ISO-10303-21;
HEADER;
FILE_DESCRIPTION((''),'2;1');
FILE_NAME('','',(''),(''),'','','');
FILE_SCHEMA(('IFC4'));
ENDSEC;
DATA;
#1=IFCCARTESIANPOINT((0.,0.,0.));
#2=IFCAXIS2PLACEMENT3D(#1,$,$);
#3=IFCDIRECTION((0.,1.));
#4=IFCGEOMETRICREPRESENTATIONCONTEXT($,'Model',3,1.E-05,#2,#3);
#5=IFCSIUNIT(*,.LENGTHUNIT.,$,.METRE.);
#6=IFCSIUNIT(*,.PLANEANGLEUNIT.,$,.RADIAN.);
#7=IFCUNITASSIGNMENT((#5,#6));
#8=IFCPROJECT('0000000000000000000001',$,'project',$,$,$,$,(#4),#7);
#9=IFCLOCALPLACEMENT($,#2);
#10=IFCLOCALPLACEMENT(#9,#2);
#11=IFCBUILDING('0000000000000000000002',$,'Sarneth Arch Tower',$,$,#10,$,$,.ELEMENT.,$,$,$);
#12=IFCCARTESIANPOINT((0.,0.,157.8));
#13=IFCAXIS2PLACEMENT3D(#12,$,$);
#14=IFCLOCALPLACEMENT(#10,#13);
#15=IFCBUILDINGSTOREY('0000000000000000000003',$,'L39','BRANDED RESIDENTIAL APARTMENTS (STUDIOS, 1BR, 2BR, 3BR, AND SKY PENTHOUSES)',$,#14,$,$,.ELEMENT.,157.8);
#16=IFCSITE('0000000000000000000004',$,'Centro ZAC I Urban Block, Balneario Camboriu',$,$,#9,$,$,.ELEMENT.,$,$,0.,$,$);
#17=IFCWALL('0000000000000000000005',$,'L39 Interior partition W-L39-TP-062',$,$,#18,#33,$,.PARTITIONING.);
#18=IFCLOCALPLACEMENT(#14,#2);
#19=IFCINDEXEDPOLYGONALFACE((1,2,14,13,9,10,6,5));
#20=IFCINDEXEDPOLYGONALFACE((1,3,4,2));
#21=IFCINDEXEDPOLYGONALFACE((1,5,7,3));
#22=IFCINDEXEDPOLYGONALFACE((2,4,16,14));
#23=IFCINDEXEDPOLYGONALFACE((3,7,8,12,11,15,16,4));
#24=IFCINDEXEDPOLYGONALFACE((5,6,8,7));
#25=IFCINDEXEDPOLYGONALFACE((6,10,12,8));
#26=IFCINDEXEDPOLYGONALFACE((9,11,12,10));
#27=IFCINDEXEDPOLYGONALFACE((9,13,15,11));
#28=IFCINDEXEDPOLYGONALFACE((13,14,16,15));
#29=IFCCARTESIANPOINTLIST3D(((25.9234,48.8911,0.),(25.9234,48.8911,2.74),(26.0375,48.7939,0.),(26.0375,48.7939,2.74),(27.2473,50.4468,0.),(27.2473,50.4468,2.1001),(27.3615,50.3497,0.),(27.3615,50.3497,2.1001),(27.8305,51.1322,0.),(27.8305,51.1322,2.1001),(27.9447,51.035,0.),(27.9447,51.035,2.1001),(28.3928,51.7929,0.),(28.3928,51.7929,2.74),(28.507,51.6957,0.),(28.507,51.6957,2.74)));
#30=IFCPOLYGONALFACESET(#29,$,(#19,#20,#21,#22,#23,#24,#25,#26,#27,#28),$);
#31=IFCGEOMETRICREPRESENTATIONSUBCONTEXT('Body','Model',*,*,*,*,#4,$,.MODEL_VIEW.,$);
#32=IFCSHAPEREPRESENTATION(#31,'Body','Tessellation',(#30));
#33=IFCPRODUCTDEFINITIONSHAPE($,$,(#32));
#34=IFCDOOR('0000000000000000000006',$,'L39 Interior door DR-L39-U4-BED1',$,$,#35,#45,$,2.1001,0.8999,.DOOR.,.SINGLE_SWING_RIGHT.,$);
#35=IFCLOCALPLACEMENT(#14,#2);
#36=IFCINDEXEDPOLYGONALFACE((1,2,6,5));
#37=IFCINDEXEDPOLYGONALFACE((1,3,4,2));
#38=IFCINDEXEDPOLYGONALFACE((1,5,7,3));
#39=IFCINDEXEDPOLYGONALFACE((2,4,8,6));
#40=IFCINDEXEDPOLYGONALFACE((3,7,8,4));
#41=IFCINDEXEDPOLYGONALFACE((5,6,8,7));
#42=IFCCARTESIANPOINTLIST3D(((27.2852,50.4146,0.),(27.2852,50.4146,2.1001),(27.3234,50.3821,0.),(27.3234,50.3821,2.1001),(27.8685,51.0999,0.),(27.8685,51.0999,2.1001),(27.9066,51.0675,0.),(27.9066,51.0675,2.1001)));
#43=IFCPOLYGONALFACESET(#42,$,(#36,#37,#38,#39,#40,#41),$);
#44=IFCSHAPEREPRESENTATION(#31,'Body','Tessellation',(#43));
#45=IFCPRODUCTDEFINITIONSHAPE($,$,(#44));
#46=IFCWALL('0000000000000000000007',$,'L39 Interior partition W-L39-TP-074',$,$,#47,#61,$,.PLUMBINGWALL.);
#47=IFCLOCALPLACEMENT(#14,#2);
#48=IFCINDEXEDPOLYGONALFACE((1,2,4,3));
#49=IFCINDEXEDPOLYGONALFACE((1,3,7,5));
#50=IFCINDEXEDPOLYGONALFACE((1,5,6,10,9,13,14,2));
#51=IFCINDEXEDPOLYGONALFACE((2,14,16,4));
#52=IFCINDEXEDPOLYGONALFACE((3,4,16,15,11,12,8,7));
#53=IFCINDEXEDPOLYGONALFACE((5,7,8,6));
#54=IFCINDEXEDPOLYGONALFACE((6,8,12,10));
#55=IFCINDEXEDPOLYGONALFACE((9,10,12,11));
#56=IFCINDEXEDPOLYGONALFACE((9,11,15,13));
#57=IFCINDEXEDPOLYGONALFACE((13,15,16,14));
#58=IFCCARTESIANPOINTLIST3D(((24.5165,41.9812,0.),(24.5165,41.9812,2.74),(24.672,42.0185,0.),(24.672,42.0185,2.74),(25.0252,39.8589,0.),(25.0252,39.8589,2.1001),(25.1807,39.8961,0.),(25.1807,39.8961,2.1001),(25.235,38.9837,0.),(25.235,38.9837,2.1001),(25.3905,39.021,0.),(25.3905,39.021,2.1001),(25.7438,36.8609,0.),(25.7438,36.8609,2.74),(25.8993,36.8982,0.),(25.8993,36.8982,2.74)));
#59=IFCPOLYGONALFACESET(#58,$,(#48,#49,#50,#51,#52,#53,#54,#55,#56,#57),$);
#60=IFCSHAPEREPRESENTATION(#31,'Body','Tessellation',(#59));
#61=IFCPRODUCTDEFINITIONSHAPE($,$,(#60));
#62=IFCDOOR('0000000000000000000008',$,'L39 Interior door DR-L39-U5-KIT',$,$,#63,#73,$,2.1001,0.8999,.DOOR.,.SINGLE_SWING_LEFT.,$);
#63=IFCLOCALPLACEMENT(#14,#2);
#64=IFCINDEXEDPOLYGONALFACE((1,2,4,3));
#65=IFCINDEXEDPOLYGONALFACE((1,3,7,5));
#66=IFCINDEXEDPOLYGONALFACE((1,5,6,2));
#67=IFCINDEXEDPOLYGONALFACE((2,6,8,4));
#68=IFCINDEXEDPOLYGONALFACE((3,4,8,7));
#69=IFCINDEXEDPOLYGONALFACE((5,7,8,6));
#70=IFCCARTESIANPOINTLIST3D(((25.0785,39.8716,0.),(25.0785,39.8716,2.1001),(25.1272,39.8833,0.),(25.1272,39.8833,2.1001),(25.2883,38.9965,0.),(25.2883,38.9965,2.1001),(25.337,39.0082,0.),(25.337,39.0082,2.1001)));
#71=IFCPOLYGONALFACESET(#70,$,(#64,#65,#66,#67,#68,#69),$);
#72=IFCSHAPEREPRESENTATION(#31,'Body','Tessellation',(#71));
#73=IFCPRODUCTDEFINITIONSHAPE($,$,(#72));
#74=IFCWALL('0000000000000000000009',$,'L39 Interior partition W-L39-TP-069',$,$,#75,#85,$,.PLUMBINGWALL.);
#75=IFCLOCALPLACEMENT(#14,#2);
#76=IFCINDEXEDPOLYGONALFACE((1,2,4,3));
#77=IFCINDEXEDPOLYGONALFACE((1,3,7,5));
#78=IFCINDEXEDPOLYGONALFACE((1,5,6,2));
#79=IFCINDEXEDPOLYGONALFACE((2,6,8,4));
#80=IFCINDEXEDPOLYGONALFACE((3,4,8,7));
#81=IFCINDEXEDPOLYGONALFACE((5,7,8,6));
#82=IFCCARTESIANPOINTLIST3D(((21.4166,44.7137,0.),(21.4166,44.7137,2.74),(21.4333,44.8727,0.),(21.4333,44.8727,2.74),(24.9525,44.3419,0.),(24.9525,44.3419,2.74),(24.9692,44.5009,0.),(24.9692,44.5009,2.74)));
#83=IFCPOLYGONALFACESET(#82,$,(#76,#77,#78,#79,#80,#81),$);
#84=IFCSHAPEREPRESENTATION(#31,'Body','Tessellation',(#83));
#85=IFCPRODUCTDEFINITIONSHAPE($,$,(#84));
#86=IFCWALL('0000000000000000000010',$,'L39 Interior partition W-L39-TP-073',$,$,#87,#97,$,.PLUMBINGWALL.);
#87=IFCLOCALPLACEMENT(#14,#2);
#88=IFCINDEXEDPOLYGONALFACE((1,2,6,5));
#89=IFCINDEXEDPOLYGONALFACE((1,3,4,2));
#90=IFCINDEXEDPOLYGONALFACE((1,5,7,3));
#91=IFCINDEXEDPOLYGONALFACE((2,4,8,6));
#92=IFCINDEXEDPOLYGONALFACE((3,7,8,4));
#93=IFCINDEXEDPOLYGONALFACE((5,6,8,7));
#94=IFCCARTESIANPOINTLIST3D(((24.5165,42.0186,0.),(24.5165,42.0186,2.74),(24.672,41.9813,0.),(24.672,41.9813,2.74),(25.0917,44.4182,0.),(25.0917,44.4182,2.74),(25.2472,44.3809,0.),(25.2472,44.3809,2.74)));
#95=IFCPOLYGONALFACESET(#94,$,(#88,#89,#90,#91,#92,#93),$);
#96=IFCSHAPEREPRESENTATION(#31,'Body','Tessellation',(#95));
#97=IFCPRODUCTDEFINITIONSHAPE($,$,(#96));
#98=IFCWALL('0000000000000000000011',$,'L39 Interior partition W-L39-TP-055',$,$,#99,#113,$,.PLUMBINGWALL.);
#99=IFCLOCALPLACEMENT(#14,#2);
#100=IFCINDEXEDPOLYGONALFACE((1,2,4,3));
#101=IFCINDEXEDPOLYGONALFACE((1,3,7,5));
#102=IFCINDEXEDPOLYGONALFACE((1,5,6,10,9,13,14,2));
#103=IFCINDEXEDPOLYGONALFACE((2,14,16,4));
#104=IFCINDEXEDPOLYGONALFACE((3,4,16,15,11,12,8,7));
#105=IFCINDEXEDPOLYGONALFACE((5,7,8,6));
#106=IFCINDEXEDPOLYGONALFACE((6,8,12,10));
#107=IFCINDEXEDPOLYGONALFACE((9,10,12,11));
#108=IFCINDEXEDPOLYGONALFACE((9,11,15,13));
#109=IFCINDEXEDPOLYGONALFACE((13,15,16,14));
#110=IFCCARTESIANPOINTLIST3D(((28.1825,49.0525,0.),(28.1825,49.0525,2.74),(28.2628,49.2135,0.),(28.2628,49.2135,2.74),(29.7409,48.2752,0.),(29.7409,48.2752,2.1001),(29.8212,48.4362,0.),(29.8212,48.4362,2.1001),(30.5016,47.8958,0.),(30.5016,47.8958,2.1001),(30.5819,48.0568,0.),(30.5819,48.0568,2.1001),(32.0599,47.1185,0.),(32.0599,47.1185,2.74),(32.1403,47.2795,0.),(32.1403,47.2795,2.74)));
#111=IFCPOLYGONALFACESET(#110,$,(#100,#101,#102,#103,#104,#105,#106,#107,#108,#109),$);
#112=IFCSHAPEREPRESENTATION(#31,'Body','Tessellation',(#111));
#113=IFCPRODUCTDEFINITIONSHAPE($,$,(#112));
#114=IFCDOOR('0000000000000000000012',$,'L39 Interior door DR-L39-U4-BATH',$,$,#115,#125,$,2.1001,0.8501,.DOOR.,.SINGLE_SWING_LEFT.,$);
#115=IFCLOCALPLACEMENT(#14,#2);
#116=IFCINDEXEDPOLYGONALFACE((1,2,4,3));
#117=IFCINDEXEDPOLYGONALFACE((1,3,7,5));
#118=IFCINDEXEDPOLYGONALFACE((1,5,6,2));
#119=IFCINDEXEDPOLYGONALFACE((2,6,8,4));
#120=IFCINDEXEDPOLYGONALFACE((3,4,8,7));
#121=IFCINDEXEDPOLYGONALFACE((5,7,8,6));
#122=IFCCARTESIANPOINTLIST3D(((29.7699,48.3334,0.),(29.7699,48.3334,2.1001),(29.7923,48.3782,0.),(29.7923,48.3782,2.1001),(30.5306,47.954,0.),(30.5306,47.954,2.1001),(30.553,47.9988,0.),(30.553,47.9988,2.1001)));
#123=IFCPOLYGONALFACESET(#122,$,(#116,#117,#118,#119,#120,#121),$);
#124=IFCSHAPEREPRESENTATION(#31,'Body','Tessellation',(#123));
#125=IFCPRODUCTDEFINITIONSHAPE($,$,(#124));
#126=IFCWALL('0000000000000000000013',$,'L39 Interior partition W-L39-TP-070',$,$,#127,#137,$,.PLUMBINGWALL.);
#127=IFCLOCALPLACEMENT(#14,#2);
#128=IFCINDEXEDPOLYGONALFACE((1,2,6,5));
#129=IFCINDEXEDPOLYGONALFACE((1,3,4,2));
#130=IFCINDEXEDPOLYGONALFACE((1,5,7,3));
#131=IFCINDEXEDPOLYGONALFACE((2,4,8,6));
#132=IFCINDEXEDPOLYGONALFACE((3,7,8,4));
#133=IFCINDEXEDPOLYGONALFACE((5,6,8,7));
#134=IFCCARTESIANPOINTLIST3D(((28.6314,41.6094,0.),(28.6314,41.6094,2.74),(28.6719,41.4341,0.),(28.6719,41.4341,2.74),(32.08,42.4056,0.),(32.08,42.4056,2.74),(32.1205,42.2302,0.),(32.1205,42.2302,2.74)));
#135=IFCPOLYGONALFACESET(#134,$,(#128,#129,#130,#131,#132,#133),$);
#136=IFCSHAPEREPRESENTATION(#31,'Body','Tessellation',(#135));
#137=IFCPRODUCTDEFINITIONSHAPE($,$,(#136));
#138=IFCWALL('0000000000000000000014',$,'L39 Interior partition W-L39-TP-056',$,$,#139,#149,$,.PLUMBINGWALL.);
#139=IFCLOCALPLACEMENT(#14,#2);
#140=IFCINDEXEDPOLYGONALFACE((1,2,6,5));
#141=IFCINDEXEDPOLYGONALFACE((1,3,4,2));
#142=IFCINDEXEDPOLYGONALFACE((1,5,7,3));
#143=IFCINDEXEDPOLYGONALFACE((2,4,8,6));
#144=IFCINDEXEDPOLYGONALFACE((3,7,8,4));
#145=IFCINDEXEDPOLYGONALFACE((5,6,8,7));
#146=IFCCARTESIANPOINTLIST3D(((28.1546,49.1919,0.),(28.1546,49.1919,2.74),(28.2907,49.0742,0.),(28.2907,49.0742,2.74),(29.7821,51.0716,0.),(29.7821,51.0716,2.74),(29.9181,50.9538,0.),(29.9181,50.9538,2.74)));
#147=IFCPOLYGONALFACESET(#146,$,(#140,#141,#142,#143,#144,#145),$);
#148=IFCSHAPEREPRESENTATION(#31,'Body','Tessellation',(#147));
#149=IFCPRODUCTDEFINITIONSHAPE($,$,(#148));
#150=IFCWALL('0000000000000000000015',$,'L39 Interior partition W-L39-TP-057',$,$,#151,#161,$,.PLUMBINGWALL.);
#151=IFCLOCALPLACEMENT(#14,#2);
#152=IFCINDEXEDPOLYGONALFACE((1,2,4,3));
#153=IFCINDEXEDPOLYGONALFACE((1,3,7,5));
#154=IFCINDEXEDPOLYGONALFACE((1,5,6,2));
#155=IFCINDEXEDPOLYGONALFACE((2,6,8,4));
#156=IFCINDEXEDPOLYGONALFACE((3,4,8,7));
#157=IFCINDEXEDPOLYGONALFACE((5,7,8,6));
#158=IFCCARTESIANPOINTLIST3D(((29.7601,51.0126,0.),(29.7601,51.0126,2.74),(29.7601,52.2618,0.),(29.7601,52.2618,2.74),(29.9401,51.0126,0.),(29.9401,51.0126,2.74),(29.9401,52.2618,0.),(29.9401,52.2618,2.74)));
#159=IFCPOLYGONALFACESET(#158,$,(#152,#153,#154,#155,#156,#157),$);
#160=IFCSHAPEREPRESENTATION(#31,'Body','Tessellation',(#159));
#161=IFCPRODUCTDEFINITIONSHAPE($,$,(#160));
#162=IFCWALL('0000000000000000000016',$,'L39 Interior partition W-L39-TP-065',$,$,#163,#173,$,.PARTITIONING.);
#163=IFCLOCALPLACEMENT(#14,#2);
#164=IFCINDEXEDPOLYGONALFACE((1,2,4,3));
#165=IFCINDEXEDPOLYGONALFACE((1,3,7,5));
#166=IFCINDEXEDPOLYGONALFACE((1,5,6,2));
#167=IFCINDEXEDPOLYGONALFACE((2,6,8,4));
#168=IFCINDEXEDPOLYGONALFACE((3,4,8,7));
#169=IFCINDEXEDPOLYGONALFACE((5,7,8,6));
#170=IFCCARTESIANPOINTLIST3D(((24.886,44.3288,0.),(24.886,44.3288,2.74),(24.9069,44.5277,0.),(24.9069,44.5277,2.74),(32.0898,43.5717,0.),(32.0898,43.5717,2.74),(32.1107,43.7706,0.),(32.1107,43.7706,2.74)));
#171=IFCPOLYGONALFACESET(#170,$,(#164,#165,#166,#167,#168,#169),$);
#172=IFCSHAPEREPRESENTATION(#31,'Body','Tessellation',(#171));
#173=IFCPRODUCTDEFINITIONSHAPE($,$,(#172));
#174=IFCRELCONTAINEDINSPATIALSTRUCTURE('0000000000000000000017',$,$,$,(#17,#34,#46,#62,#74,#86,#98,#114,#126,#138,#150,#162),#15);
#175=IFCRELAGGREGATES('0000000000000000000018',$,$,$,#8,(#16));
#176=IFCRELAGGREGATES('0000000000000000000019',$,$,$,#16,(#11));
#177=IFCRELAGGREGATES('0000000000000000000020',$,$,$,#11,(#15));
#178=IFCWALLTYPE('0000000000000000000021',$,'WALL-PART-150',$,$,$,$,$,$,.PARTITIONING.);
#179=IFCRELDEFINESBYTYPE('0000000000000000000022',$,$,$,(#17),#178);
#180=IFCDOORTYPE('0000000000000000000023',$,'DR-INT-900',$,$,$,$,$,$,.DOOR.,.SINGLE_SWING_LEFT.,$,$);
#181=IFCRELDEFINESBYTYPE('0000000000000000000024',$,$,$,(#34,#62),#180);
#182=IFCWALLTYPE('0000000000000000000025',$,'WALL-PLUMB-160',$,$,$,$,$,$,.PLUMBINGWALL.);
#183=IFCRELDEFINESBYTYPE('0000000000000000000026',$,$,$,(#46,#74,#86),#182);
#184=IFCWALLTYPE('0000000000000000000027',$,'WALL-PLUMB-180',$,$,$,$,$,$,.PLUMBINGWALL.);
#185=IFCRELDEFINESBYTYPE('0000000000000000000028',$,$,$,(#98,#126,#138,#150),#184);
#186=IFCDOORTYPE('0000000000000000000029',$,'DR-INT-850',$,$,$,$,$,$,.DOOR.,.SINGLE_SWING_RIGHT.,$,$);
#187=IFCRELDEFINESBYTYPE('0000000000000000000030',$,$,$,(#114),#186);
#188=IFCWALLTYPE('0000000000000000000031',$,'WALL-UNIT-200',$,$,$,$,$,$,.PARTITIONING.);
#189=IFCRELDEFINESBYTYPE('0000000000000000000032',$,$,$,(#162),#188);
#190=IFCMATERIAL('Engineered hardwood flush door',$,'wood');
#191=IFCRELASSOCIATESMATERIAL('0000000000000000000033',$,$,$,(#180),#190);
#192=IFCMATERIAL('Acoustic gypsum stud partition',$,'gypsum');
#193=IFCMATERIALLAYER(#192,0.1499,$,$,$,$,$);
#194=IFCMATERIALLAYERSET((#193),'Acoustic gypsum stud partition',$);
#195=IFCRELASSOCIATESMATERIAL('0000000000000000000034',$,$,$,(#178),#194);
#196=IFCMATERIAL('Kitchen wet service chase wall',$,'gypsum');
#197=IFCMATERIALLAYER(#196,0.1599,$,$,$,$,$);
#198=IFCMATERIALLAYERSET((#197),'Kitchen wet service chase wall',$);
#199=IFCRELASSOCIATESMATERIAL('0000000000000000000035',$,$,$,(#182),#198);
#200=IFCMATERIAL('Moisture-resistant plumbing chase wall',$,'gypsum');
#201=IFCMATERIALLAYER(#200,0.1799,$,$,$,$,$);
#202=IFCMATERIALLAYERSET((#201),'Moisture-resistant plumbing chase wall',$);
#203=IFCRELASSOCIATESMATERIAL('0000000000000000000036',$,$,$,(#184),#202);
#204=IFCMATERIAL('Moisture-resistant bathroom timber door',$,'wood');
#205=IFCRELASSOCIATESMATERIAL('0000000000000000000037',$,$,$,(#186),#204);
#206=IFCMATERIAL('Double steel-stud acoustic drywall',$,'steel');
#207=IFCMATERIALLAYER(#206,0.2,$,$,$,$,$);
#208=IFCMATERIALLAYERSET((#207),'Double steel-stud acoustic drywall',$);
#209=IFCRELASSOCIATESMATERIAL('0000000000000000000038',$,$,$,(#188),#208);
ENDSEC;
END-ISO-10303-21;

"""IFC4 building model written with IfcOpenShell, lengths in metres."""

from ifc_helpers import new_model, si_unit, direction, frame, frame_2d, origin, place, context, subcontext, project, spatial, rectangle, extrude, material, layer, layer_set, type_object, element, fill, save


model = new_model("IFC4")

# Units and contexts
model_context = context("Model", 3, precision=1e-05, world=origin(), true_north=direction((0.0, 1.0)))
body_context = subcontext(model_context, "Body", "Model", "MODEL_VIEW")
ifc_project = project(units=[si_unit("LENGTHUNIT", "METRE"), si_unit("PLANEANGLEUNIT", "RADIAN")], contexts=[model_context])

# Site, building, storey
site_placement = place(None, origin())
site = spatial("IfcSite", under=ifc_project, at=site_placement, Name="Centro ZAC I Urban Block, Balneario Camboriu", CompositionType="ELEMENT", RefElevation=0.0)
building_placement = place(site_placement, origin())
building = spatial("IfcBuilding", under=site, at=building_placement, Name="Sarneth Arch Tower", CompositionType="ELEMENT")
storey_placement = place(building_placement, frame((0.0, 0.0, 157.8)))
storey = spatial("IfcBuildingStorey", under=building, at=storey_placement, Name="L39", Description="BRANDED RESIDENTIAL APARTMENTS (STUDIOS, 1BR, 2BR, 3BR, AND SKY PENTHOUSES)", CompositionType="ELEMENT", Elevation=157.8)

# Shared definitions
ifc_material_1 = material(Name="Engineered hardwood flush door", Category="wood")
door_type_1 = type_object("IfcDoorType", Name="DR-INT-900", OperationType="SINGLE_SWING_LEFT", PredefinedType="DOOR", material=ifc_material_1)

# Shared definitions
ifc_material_2 = material(Name="Acoustic gypsum stud partition", Category="gypsum")
ifc_layer_1 = layer(ifc_material_2, 0.1499)
ifc_layer_set_1 = layer_set([ifc_layer_1], Name="Acoustic gypsum stud partition")
wall_type_1 = type_object("IfcWallType", Name="WALL-PART-150", PredefinedType="PARTITIONING", material=ifc_layer_set_1)

# Walls, openings, doors
wall_1_placement = place(storey_placement, frame((28.45, 51.7444, 0.0), z_axis=(0.0, 0.0, 1.0), x_axis=(-0.648091, -0.761563, 0.0)))
wall_1 = element("IfcWall", 1, at=wall_1_placement, inside=storey, type_object=wall_type_1, Name="L39 Interior partition W-L39-TP-062", PredefinedType="PARTITIONING", context=body_context, shape_type="SweptSolid", body=[
    extrude(rectangle(XDim=3.8103, YDim=0.1499, at=frame_2d((1.9053, 0.0))), origin(), (0.0, 0.0, 1.0), 2.74),
])
opening_1_placement = place(wall_1_placement, frame((0.8677, 0.0, 0.0)))
opening_1 = element("IfcOpeningElement", 2, at=opening_1_placement, cuts=wall_1, PredefinedType="OPENING", context=body_context, shape_type="SweptSolid", body=[
    extrude(rectangle(XDim=0.8999, YDim=2.1001, at=frame_2d((0.45, 1.05))), frame((0.0, 0.085, 0.0), z_axis=(0.0, -1.0, 0.0), x_axis=(1.0, 0.0, 0.0)), (0.0, 0.0, 1.0), 0.1699),
])
door_1_placement = place(opening_1_placement, origin())
door_1 = element("IfcDoor", 3, at=door_1_placement, inside=storey, type_object=door_type_1, Name="L39 Interior door DR-L39-U4-BED1", OperationType="SINGLE_SWING_RIGHT", OverallHeight=2.1001, OverallWidth=0.8999, PredefinedType="DOOR", context=body_context, shape_type="SweptSolid", body=[
    extrude(rectangle(XDim=0.8999, YDim=2.1001, at=frame_2d((0.45, 1.05))), frame((0.0, 0.0249, 0.0), z_axis=(0.0, -1.0, 0.0), x_axis=(1.0, 0.0, 0.0)), (0.0, 0.0, 1.0), 0.05),
])
fill(opening_1, door_1)
ifc_material_3 = material(Name="Kitchen wet service chase wall", Category="gypsum")
ifc_layer_2 = layer(ifc_material_3, 0.1599)
ifc_layer_set_2 = layer_set([ifc_layer_2], Name="Kitchen wet service chase wall")
wall_type_2 = type_object("IfcWallType", Name="WALL-PLUMB-160", PredefinedType="PLUMBINGWALL", material=ifc_layer_set_2)
wall_2_placement = place(storey_placement, frame((24.5942, 42.0, 0.0), z_axis=(0.0, 0.0, 1.0), x_axis=(0.233087, -0.972456, 0.0)))
wall_2 = element("IfcWall", 4, at=wall_2_placement, inside=storey, type_object=wall_type_2, Name="L39 Interior partition W-L39-TP-074", PredefinedType="PLUMBINGWALL", context=body_context, shape_type="SweptSolid", body=[
    extrude(rectangle(XDim=5.2654, YDim=0.1599, at=frame_2d((2.6328, 0.0))), origin(), (0.0, 0.0, 1.0), 2.74),
])
opening_2_placement = place(wall_2_placement, frame((2.1826, 0.0, 0.0)))
opening_2 = element("IfcOpeningElement", 5, at=opening_2_placement, cuts=wall_2, PredefinedType="OPENING", context=body_context, shape_type="SweptSolid", body=[
    extrude(rectangle(XDim=0.8999, YDim=2.1001, at=frame_2d((0.45, 1.05))), frame((0.0, 0.0898, 0.0), z_axis=(0.0, -1.0, 0.0), x_axis=(1.0, 0.0, 0.0)), (0.0, 0.0, 1.0), 0.1799),
])
door_2_placement = place(opening_2_placement, origin())
door_2 = element("IfcDoor", 6, at=door_2_placement, inside=storey, type_object=door_type_1, Name="L39 Interior door DR-L39-U5-KIT", OperationType="SINGLE_SWING_LEFT", OverallHeight=2.1001, OverallWidth=0.8999, PredefinedType="DOOR", context=body_context, shape_type="SweptSolid", body=[
    extrude(rectangle(XDim=0.8999, YDim=2.1001, at=frame_2d((0.45, 1.05))), frame((0.0, 0.0249, 0.0), z_axis=(0.0, -1.0, 0.0), x_axis=(1.0, 0.0, 0.0)), (0.0, 0.0, 1.0), 0.05),
])
fill(opening_2, door_2)

# Walls
wall_3_placement = place(storey_placement, frame((21.4248, 44.7932, 0.0), z_axis=(0.0, 0.0, 1.0), x_axis=(0.994516, -0.104581, 0.0)))
element("IfcWall", 7, at=wall_3_placement, inside=storey, type_object=wall_type_2, Name="L39 Interior partition W-L39-TP-069", PredefinedType="PLUMBINGWALL", context=body_context, shape_type="SweptSolid", body=[
    extrude(rectangle(XDim=3.5554, YDim=0.1599, at=frame_2d((1.7778, 0.0))), origin(), (0.0, 0.0, 1.0), 2.74),
])
wall_4_placement = place(storey_placement, frame((25.1694, 44.3997, 0.0), z_axis=(0.0, 0.0, 1.0), x_axis=(-0.233096, -0.972454, 0.0)))
element("IfcWall", 8, at=wall_4_placement, inside=storey, type_object=wall_type_2, Name="L39 Interior partition W-L39-TP-073", PredefinedType="PLUMBINGWALL", context=body_context, shape_type="SweptSolid", body=[
    extrude(rectangle(XDim=2.4675, YDim=0.1599, at=frame_2d((1.2339, 0.0))), origin(), (0.0, 0.0, 1.0), 2.74),
])

# Wall, opening, door
ifc_material_4 = material(Name="Moisture-resistant plumbing chase wall", Category="gypsum")
ifc_layer_3 = layer(ifc_material_4, 0.1799)
ifc_layer_set_3 = layer_set([ifc_layer_3], Name="Moisture-resistant plumbing chase wall")
wall_type_3 = type_object("IfcWallType", Name="WALL-PLUMB-180", PredefinedType="PLUMBINGWALL", material=ifc_layer_set_3)
wall_5_placement = place(storey_placement, frame((32.1001, 47.199, 0.0), z_axis=(0.0, 0.0, 1.0), x_axis=(-0.894855, 0.446357, 0.0)))
wall_5 = element("IfcWall", 9, at=wall_5_placement, inside=storey, type_object=wall_type_3, Name="L39 Interior partition W-L39-TP-055", PredefinedType="PLUMBINGWALL", context=body_context, shape_type="SweptSolid", body=[
    extrude(rectangle(XDim=4.333, YDim=0.1799, at=frame_2d((2.1665, 0.0))), origin(), (0.0, 0.0, 1.0), 2.74),
])
opening_3_placement = place(wall_5_placement, frame((1.7415, 0.0, 0.0)))
opening_3 = element("IfcOpeningElement", 10, at=opening_3_placement, cuts=wall_5, PredefinedType="OPENING", context=body_context, shape_type="SweptSolid", body=[
    extrude(rectangle(XDim=0.8501, YDim=2.1001, at=frame_2d((0.425, 1.05))), frame((0.0, 0.0999, 0.0), z_axis=(0.0, -1.0, 0.0), x_axis=(1.0, 0.0, 0.0)), (0.0, 0.0, 1.0), 0.2),
])
ifc_material_5 = material(Name="Moisture-resistant bathroom timber door", Category="wood")
door_type_2 = type_object("IfcDoorType", Name="DR-INT-850", OperationType="SINGLE_SWING_RIGHT", PredefinedType="DOOR", material=ifc_material_5)
door_3_placement = place(opening_3_placement, origin())
door_3 = element("IfcDoor", 11, at=door_3_placement, inside=storey, type_object=door_type_2, Name="L39 Interior door DR-L39-U4-BATH", OperationType="SINGLE_SWING_LEFT", OverallHeight=2.1001, OverallWidth=0.8501, PredefinedType="DOOR", context=body_context, shape_type="SweptSolid", body=[
    extrude(rectangle(XDim=0.8501, YDim=2.1001, at=frame_2d((0.425, 1.05))), frame((0.0, 0.0249, 0.0), z_axis=(0.0, -1.0, 0.0), x_axis=(1.0, 0.0, 0.0)), (0.0, 0.0, 1.0), 0.05),
])
fill(opening_3, door_3)

# Walls
wall_6_placement = place(storey_placement, frame((32.1001, 42.3179, 0.0), z_axis=(0.0, 0.0, 1.0), x_axis=(-0.97437, -0.22495, 0.0)))
element("IfcWall", 12, at=wall_6_placement, inside=storey, type_object=wall_type_3, Name="L39 Interior partition W-L39-TP-070", PredefinedType="PLUMBINGWALL", context=body_context, shape_type="SweptSolid", body=[
    extrude(rectangle(XDim=3.5393, YDim=0.1799, at=frame_2d((1.7695, 0.0))), origin(), (0.0, 0.0, 1.0), 2.74),
])
wall_7_placement = place(storey_placement, frame((28.2227, 49.1331, 0.0), z_axis=(0.0, 0.0, 1.0), x_axis=(0.654568, 0.756003, 0.0)))
element("IfcWall", 13, at=wall_7_placement, inside=storey, type_object=wall_type_3, Name="L39 Interior partition W-L39-TP-056", PredefinedType="PLUMBINGWALL", context=body_context, shape_type="SweptSolid", body=[
    extrude(rectangle(XDim=2.4863, YDim=0.1799, at=frame_2d((1.2432, 0.0))), origin(), (0.0, 0.0, 1.0), 2.74),
])
wall_8_placement = place(storey_placement, frame((29.8501, 51.0127, 0.0), z_axis=(0.0, 0.0, 1.0), x_axis=(0.0, 1.0, 0.0)))
element("IfcWall", 14, at=wall_8_placement, inside=storey, type_object=wall_type_3, Name="L39 Interior partition W-L39-TP-057", PredefinedType="PLUMBINGWALL", context=body_context, shape_type="SweptSolid", body=[
    extrude(rectangle(XDim=1.2493, YDim=0.1799, at=frame_2d((0.6245, 0.0))), origin(), (0.0, 0.0, 1.0), 2.74),
])
ifc_material_6 = material(Name="Double steel-stud acoustic drywall", Category="steel")
ifc_layer_4 = layer(ifc_material_6, 0.2)
ifc_layer_set_4 = layer_set([ifc_layer_4], Name="Double steel-stud acoustic drywall")
wall_type_4 = type_object("IfcWallType", Name="WALL-UNIT-200", PredefinedType="PARTITIONING", material=ifc_layer_set_4)
wall_9_placement = place(storey_placement, frame((32.1001, 43.6711, 0.0), z_axis=(0.0, 0.0, 1.0), x_axis=(-0.994523, 0.104522, 0.0)))
element("IfcWall", 15, at=wall_9_placement, inside=storey, type_object=wall_type_4, Name="L39 Interior partition W-L39-TP-065", PredefinedType="PARTITIONING", context=body_context, shape_type="SweptSolid", body=[
    extrude(rectangle(XDim=7.2434, YDim=0.2, at=frame_2d((3.6216, 0.0))), origin(), (0.0, 0.0, 1.0), 2.74),
])

save(model, "model.ifc")
